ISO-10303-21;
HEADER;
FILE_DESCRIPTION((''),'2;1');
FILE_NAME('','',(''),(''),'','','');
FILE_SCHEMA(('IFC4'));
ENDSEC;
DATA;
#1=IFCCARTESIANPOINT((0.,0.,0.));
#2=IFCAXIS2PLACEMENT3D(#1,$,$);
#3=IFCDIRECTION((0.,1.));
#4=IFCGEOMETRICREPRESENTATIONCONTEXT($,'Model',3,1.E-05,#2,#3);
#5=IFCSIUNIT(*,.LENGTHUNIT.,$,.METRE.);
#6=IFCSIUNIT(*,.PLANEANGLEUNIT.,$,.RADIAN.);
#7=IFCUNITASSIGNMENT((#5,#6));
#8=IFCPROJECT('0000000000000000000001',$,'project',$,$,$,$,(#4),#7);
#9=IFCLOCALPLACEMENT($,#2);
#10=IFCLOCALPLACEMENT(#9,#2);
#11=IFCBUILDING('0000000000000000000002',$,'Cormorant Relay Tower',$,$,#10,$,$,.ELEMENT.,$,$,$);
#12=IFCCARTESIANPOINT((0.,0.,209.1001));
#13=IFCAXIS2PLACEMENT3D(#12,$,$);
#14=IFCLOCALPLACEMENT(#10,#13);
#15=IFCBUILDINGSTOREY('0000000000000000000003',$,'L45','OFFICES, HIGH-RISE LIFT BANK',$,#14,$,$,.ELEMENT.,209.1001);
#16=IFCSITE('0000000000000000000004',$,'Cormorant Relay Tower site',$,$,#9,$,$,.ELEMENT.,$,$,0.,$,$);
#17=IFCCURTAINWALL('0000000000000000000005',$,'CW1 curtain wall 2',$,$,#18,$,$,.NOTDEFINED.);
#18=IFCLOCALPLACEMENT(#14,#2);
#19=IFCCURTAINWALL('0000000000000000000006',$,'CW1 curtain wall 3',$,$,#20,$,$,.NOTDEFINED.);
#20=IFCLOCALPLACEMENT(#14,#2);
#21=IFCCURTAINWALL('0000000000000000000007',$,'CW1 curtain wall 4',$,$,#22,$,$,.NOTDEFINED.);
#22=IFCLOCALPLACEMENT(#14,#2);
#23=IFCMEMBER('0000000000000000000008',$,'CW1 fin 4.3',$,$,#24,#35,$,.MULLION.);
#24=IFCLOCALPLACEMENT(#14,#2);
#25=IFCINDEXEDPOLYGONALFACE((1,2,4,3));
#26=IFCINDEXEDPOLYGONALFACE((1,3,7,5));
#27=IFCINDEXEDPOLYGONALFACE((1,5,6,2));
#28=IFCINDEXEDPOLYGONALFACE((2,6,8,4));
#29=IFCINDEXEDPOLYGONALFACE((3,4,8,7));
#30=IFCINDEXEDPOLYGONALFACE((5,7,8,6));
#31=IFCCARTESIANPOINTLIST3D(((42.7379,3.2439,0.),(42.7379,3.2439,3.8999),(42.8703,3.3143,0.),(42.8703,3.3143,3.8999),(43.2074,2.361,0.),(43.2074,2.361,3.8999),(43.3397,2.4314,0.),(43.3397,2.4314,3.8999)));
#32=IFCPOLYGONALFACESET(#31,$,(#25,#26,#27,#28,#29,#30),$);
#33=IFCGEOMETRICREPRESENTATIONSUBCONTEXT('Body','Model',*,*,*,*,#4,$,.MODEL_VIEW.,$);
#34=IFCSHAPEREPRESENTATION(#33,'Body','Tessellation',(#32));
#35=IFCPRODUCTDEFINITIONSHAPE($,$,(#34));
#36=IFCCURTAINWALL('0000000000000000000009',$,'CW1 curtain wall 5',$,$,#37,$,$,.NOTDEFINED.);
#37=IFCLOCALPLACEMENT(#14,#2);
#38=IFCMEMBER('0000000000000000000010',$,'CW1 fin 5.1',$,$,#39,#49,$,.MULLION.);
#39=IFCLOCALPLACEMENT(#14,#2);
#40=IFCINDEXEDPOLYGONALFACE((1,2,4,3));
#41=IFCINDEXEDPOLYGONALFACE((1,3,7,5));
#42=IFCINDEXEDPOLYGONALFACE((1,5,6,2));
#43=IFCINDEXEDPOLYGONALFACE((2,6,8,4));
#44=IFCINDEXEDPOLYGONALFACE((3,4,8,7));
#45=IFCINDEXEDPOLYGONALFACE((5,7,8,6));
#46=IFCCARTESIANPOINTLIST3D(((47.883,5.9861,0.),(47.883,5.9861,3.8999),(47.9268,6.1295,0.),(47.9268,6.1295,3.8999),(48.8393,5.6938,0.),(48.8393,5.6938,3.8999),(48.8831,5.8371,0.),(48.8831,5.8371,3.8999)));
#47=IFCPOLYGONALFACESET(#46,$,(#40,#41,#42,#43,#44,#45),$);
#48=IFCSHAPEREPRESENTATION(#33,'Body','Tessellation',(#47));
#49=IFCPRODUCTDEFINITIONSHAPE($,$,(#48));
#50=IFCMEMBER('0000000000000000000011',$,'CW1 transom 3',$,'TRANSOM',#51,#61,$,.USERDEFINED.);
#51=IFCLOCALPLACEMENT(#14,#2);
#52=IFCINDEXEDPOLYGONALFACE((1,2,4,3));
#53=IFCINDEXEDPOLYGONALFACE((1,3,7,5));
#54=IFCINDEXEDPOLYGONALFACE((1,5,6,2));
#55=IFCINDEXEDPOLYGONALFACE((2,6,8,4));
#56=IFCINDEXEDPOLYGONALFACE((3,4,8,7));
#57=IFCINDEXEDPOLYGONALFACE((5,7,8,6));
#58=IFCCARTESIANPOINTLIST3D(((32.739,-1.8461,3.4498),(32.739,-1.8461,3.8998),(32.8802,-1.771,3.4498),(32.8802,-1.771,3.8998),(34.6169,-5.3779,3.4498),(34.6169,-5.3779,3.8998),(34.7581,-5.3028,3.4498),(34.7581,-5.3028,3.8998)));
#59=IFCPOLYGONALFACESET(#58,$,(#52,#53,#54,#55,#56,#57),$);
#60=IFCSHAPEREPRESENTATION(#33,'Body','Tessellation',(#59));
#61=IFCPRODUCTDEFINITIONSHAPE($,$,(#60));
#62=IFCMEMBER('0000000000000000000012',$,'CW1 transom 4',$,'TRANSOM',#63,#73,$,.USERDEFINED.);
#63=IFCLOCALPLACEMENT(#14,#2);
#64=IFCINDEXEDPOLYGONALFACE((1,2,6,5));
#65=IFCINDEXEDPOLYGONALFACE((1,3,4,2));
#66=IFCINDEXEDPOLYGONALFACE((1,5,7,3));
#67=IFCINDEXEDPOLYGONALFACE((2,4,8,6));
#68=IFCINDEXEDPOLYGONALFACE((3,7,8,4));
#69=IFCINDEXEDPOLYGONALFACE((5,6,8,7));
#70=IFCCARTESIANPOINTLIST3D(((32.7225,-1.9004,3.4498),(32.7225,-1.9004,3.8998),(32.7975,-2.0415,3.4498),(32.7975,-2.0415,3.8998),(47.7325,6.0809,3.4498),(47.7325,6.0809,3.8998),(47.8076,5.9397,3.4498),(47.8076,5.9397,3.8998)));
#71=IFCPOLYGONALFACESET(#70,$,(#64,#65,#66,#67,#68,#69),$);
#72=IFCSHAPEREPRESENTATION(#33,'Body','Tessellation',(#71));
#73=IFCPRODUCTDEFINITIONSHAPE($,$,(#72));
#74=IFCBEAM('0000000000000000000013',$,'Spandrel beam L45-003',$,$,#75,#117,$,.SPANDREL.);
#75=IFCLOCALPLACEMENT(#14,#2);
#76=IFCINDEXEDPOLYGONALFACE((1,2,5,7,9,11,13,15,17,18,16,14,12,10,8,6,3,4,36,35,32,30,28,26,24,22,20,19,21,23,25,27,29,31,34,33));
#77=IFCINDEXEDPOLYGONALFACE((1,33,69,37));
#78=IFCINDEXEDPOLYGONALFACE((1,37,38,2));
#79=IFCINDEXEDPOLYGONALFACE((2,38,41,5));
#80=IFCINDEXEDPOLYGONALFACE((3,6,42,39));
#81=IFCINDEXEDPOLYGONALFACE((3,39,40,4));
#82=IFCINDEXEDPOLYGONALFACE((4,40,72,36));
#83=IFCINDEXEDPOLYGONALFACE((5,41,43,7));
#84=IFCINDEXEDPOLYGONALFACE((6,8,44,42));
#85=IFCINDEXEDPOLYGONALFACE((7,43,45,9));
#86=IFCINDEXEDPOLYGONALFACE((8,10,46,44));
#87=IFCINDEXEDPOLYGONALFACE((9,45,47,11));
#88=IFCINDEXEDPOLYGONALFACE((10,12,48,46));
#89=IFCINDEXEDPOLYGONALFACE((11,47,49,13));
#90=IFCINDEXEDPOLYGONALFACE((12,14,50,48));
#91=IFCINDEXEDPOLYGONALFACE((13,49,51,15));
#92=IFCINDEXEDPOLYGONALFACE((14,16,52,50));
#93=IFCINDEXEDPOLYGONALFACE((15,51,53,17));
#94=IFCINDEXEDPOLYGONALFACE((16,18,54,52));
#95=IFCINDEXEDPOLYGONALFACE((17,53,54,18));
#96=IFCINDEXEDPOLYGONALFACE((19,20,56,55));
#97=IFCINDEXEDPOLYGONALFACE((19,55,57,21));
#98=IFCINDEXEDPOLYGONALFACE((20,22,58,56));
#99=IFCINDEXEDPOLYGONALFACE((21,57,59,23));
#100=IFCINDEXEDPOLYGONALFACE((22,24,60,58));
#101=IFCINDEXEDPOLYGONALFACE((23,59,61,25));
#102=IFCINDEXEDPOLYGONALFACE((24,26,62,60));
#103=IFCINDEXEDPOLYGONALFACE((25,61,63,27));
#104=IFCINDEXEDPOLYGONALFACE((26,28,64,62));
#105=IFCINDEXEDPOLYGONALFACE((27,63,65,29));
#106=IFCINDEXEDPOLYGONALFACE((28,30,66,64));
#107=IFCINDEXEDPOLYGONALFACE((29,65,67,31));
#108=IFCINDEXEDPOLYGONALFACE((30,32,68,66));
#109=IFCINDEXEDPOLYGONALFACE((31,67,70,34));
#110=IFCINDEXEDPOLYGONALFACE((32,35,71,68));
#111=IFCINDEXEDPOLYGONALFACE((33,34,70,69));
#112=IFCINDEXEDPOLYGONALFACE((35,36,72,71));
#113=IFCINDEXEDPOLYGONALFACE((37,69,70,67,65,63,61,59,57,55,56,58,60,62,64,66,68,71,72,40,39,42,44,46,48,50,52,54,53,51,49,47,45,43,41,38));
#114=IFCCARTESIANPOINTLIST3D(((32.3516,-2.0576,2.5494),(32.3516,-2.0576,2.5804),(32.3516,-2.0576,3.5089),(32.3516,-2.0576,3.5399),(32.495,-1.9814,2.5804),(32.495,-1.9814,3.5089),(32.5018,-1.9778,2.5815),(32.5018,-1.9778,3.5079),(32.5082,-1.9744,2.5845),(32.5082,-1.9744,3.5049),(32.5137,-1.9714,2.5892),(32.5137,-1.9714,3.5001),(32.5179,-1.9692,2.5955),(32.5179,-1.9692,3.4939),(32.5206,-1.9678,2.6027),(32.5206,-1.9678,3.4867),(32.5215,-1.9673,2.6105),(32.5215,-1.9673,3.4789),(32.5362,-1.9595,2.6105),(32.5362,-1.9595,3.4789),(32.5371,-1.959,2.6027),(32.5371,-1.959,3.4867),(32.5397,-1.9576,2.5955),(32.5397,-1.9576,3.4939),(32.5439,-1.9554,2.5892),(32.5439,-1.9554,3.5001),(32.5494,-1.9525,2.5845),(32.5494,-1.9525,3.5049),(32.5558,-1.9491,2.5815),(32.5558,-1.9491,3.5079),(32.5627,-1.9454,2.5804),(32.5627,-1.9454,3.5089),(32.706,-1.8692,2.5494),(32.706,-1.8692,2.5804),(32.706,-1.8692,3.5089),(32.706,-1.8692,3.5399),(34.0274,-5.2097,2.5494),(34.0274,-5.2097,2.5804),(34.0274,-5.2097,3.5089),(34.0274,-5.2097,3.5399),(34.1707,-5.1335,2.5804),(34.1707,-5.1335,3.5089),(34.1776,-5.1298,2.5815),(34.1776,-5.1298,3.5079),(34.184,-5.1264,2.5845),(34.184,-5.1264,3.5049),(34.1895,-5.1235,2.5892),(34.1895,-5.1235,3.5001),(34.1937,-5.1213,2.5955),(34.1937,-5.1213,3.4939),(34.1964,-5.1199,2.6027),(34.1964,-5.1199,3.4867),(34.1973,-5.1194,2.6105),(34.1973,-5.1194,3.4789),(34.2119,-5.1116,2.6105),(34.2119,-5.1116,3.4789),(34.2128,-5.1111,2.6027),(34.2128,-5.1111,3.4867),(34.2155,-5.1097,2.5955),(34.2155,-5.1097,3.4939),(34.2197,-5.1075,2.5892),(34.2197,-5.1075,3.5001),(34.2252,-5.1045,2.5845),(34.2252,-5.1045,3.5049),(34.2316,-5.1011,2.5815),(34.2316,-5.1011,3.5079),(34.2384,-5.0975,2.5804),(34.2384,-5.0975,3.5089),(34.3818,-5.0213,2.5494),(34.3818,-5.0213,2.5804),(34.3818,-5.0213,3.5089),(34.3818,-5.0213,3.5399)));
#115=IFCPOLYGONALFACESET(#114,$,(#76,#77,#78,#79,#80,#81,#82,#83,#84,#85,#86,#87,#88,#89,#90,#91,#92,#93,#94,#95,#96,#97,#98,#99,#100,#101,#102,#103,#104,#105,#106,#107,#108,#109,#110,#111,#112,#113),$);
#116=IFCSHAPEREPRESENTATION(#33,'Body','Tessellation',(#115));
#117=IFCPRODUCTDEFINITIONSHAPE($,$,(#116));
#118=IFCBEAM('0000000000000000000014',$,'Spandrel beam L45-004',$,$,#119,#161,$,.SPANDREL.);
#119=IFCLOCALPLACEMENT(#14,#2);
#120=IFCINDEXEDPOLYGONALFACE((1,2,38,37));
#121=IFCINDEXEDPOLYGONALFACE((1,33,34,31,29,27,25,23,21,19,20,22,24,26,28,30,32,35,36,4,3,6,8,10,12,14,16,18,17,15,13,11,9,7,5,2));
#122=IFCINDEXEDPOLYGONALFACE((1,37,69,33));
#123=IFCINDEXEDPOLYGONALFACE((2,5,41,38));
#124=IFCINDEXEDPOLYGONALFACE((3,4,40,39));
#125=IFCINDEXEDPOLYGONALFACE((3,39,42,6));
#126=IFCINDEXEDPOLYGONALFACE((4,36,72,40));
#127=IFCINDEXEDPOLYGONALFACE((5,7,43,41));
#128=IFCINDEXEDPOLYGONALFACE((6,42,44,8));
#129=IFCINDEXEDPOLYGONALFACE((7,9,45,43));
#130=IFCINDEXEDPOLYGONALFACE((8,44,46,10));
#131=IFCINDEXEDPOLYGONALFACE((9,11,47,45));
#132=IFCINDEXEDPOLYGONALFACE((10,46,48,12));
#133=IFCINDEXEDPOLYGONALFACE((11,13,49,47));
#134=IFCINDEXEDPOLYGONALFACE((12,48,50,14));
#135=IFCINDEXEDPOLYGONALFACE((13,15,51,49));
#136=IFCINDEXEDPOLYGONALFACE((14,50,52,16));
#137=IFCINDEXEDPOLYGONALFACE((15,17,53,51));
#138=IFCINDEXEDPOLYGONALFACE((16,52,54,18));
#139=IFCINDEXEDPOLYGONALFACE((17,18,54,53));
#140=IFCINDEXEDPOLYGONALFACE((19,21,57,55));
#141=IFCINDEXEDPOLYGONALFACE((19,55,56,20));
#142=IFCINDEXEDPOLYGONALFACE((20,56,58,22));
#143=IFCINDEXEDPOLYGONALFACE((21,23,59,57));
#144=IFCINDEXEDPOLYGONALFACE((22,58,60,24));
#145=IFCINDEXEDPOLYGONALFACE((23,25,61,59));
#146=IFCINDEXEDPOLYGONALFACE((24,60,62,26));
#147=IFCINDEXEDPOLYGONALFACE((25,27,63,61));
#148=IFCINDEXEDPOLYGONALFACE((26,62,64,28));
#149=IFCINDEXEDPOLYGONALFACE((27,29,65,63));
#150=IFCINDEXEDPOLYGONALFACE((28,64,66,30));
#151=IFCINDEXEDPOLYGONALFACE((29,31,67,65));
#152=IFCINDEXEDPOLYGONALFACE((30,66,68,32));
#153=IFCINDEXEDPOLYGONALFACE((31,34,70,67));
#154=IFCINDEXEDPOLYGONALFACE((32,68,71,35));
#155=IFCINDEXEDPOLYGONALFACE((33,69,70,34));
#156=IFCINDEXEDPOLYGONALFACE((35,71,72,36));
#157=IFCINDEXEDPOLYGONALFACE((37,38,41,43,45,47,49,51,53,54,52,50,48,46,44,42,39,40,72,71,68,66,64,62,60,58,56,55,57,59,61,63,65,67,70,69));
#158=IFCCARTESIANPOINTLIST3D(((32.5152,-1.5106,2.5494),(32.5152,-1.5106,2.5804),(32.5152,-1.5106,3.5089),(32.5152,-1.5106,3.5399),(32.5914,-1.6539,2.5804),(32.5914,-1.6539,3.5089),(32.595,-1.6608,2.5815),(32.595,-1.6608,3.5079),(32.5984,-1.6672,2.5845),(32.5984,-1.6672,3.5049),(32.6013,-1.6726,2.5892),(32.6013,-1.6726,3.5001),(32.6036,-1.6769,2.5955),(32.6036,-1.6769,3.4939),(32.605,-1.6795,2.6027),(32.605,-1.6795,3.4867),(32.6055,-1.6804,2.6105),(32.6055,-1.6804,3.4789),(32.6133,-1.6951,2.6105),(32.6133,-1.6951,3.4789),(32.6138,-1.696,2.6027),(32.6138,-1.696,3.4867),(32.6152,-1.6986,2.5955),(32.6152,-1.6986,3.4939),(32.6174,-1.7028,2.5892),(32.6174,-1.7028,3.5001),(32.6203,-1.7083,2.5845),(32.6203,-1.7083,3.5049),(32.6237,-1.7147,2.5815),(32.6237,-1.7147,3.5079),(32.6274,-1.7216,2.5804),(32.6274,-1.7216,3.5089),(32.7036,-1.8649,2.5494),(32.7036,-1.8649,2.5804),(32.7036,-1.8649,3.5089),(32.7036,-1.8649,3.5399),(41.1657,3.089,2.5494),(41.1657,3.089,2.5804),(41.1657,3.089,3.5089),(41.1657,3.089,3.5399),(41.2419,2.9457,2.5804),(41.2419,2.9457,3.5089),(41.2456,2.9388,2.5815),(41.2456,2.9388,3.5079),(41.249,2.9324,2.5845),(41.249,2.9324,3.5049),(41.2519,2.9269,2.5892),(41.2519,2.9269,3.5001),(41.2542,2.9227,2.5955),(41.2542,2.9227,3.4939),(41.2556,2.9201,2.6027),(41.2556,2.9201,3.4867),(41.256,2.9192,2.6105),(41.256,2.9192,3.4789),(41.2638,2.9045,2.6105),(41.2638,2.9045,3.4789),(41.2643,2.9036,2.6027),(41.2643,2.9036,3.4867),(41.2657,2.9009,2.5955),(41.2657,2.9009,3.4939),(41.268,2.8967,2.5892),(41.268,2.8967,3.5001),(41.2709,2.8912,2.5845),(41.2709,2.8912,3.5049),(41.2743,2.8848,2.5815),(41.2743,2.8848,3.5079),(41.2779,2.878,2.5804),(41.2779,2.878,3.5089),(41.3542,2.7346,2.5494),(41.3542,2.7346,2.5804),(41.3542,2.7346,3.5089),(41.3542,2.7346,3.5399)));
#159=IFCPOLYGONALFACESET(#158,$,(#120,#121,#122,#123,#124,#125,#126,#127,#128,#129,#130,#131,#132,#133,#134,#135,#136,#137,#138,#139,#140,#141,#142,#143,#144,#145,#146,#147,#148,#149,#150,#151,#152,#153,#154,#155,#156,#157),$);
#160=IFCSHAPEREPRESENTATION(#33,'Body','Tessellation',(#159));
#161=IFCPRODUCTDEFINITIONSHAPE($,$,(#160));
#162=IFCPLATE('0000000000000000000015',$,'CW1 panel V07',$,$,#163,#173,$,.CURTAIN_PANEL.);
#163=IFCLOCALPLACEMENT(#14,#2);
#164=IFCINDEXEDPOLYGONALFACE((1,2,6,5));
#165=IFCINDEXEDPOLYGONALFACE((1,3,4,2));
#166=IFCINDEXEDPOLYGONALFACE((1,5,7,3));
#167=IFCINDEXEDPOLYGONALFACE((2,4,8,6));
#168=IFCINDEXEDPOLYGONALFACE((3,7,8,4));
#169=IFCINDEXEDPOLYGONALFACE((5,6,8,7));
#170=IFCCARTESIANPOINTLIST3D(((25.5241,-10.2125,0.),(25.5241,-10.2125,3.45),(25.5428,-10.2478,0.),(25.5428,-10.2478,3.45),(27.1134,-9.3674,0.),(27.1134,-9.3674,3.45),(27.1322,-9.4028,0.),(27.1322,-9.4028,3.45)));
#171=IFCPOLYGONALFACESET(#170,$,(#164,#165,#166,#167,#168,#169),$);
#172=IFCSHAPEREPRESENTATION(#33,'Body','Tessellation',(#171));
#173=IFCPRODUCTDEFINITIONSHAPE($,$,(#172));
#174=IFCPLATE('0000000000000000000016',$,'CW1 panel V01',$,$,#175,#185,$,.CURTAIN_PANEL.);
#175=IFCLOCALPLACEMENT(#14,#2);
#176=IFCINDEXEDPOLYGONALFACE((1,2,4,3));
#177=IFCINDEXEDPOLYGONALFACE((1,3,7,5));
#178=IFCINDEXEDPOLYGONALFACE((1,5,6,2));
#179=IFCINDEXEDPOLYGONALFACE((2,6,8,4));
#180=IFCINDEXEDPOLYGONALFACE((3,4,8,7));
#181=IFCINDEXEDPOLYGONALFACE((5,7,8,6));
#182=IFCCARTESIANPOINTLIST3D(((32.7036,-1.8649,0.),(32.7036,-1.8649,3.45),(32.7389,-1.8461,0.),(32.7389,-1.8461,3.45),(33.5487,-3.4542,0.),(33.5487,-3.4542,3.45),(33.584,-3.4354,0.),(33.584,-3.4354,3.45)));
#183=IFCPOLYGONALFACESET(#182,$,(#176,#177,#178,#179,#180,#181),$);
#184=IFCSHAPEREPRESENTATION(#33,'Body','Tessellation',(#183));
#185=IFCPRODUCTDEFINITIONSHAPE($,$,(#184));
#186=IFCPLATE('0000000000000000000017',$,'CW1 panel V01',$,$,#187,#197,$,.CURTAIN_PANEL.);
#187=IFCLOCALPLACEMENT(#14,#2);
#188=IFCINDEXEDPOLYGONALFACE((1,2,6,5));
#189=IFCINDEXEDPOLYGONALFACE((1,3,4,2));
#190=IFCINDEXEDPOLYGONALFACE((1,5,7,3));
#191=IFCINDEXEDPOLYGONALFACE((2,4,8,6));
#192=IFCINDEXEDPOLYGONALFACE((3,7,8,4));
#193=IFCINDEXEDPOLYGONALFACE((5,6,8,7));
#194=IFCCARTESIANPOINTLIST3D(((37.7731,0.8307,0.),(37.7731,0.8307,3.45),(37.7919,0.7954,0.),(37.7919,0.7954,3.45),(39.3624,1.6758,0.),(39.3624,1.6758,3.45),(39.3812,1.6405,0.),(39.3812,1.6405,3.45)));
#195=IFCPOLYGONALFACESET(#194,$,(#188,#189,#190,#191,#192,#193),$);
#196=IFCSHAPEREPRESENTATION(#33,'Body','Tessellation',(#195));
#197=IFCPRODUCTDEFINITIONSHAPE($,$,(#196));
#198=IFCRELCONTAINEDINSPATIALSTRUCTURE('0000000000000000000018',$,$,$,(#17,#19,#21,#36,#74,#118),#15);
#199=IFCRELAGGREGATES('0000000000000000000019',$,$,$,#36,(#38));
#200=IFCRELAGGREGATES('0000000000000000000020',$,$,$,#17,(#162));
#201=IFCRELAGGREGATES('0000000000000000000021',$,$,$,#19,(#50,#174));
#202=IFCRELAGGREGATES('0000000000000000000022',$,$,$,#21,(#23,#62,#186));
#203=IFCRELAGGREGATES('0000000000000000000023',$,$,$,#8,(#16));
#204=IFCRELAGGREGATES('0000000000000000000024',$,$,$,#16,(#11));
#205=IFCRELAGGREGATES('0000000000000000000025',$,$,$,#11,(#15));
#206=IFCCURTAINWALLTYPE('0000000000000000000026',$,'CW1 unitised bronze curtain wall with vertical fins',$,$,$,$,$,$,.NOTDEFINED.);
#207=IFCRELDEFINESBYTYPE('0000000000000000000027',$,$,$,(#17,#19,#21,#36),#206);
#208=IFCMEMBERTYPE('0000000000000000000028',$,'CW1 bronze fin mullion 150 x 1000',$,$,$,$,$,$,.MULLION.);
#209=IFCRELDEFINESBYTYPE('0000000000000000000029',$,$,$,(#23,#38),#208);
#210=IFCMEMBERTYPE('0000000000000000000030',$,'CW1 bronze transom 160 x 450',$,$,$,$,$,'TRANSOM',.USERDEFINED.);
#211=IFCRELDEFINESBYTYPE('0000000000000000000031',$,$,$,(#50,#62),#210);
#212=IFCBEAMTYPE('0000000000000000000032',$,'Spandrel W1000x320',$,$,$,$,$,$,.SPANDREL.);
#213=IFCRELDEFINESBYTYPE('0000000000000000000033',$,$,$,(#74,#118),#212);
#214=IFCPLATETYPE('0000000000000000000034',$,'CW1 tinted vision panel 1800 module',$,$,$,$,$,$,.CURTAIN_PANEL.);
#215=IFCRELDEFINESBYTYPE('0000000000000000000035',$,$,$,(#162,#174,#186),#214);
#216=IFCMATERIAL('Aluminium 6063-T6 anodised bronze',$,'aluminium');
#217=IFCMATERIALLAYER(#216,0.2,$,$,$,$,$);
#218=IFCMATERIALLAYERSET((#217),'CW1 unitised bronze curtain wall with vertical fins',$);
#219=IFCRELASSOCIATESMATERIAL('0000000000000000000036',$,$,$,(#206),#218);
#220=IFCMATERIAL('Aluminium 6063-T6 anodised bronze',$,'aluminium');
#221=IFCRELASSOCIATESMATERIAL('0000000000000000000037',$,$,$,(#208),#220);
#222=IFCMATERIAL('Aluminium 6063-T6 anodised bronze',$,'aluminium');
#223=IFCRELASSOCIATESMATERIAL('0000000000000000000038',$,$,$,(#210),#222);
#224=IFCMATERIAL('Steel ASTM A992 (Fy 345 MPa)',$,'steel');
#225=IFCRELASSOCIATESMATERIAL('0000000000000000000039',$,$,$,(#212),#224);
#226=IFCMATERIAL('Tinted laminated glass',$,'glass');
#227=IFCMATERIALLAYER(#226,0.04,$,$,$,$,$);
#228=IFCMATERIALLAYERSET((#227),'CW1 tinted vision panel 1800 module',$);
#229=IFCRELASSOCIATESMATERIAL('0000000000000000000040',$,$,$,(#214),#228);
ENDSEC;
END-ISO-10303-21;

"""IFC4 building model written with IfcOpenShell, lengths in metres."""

from ifc_helpers import new_model, si_unit, direction, frame, origin, origin_2d, place, context, subcontext, project, spatial, rectangle, i_section, extrude, material, layer, layer_set, material_profile, profile_set, type_object, element, aggregate, save


model = new_model("IFC4")

# Units and contexts
model_context = context("Model", 3, precision=1e-05, world=origin(), true_north=direction((0.0, 1.0)))
body_context = subcontext(model_context, "Body", "Model", "MODEL_VIEW")
ifc_project = project(units=[si_unit("LENGTHUNIT", "METRE"), si_unit("PLANEANGLEUNIT", "RADIAN")], contexts=[model_context])

# Site, building, storey
site_placement = place(None, origin())
site = spatial("IfcSite", under=ifc_project, at=site_placement, Name="Cormorant Relay Tower site", CompositionType="ELEMENT", RefElevation=0.0)
building_placement = place(site_placement, origin())
building = spatial("IfcBuilding", under=site, at=building_placement, Name="Cormorant Relay Tower", CompositionType="ELEMENT")
storey_placement = place(building_placement, frame((0.0, 0.0, 209.1001)))
storey = spatial("IfcBuildingStorey", under=building, at=storey_placement, Name="L45", Description="OFFICES, HIGH-RISE LIFT BANK", CompositionType="ELEMENT", Elevation=209.1001)

# Curtain walls
ifc_material_1 = material(Name="Aluminium 6063-T6 anodised bronze", Category="aluminium")
ifc_layer_1 = layer(ifc_material_1, 0.2)
ifc_layer_set_1 = layer_set([ifc_layer_1], Name="CW1 unitised bronze curtain wall with vertical fins")
curtain_wall_type = type_object("IfcCurtainWallType", Name="CW1 unitised bronze curtain wall with vertical fins", PredefinedType="NOTDEFINED", material=ifc_layer_set_1)
curtain_wall_1_placement = place(storey_placement, origin())
curtain_wall_1 = element("IfcCurtainWall", 1, at=curtain_wall_1_placement, inside=storey, type_object=curtain_wall_type, Name="CW1 curtain wall 2", PredefinedType="NOTDEFINED")
ifc_material_2 = material(Name="Aluminium 6063-T6 anodised bronze", Category="aluminium")
ifc_material_profile_1 = material_profile(ifc_material_2, rectangle(XDim=0.1499, YDim=1.0, at=origin_2d()), Name="AL 150x1000")
ifc_profile_set_1 = profile_set([ifc_material_profile_1], Name="Aluminium 6063-T6 anodised bronze")
member_type_1 = type_object("IfcMemberType", Name="CW1 bronze fin mullion 150 x 1000", PredefinedType="MULLION", material=ifc_profile_set_1)
curtain_wall_2_placement = place(storey_placement, origin())
curtain_wall_2 = element("IfcCurtainWall", 2, at=curtain_wall_2_placement, inside=storey, type_object=curtain_wall_type, Name="CW1 curtain wall 3", PredefinedType="NOTDEFINED")

# Curtain wall, member
curtain_wall_3_placement = place(storey_placement, origin())
curtain_wall_3 = element("IfcCurtainWall", 3, at=curtain_wall_3_placement, inside=storey, type_object=curtain_wall_type, Name="CW1 curtain wall 4", PredefinedType="NOTDEFINED")
member_1_placement = place(storey_placement, frame((43.0388, 2.8376, 0.0), z_axis=(0.0, 0.0, 1.0), x_axis=(0.882948, 0.469472, 0.0)))
member_1 = element("IfcMember", 4, at=member_1_placement, type_object=member_type_1, Name="CW1 fin 4.3", PredefinedType="MULLION", context=body_context, shape_type="SweptSolid", body=[
    extrude(rectangle(XDim=0.1499, YDim=1.0, at=origin_2d()), origin(), (0.0, 0.0, 1.0), 3.8999),
])

# Curtain wall, member
curtain_wall_4_placement = place(storey_placement, origin())
curtain_wall_4 = element("IfcCurtainWall", 5, at=curtain_wall_4_placement, inside=storey, type_object=curtain_wall_type, Name="CW1 curtain wall 5", PredefinedType="NOTDEFINED")
member_2_placement = place(storey_placement, frame((48.3831, 5.9116, 0.0), z_axis=(0.0, 0.0, 1.0), x_axis=(0.292372, 0.956305, 0.0)))
member_2 = element("IfcMember", 6, at=member_2_placement, type_object=member_type_1, Name="CW1 fin 5.1", PredefinedType="MULLION", context=body_context, shape_type="SweptSolid", body=[
    extrude(rectangle(XDim=0.1499, YDim=1.0, at=origin_2d()), origin(), (0.0, 0.0, 1.0), 3.8999),
])
aggregate(curtain_wall_4, [member_2])

# Members
ifc_material_3 = material(Name="Aluminium 6063-T6 anodised bronze", Category="aluminium")
ifc_material_profile_2 = material_profile(ifc_material_3, rectangle(XDim=0.1599, YDim=0.45, at=origin_2d()), Name="AL 160x450")
ifc_profile_set_2 = profile_set([ifc_material_profile_2], Name="Aluminium 6063-T6 anodised bronze")
member_type_2 = type_object("IfcMemberType", Name="CW1 bronze transom 160 x 450", ElementType="TRANSOM", PredefinedType="USERDEFINED", material=ifc_profile_set_2)
member_3_placement = place(storey_placement, frame((34.6875, -5.3403, 3.6748), z_axis=(-0.469485, 0.88294, 0.0), x_axis=(-0.88294, -0.469485, 0.0)))
member_3 = element("IfcMember", 7, at=member_3_placement, type_object=member_type_2, Name="CW1 transom 3", ObjectType="TRANSOM", PredefinedType="USERDEFINED", context=body_context, shape_type="SweptSolid", body=[
    extrude(rectangle(XDim=0.1599, YDim=0.45, at=origin_2d()), origin(), (0.0, 0.0, 1.0), 4.0),
])
member_4_placement = place(storey_placement, frame((32.76, -1.9709, 3.6748), z_axis=(0.882942, 0.469482, 0.0), x_axis=(-0.469482, 0.882942, 0.0)))
member_4 = element("IfcMember", 8, at=member_4_placement, type_object=member_type_2, Name="CW1 transom 4", ObjectType="TRANSOM", PredefinedType="USERDEFINED", context=body_context, shape_type="SweptSolid", body=[
    extrude(rectangle(XDim=0.1599, YDim=0.45, at=origin_2d()), origin(), (0.0, 0.0, 1.0), 17.0),
])

# Beams
ifc_material_4 = material(Name="Steel ASTM A992 (Fy 345 MPa)", Category="steel")
ifc_material_profile_3 = material_profile(ifc_material_4, i_section(OverallWidth=0.4014, OverallDepth=0.9905, WebThickness=0.0166, FlangeThickness=0.031, FilletRadius=0.03, at=origin_2d()), Name="W1000x320")
ifc_profile_set_3 = profile_set([ifc_material_profile_3], Name="Steel ASTM A992 (Fy 345 MPa)")
beam_type = type_object("IfcBeamType", Name="Spandrel W1000x320", PredefinedType="SPANDREL", material=ifc_profile_set_3)
beam_1_placement = place(storey_placement, frame((34.2046, -5.1155, 3.0447), z_axis=(-0.469424, 0.882973, 0.0), x_axis=(-0.882973, -0.469424, 0.0)))
element("IfcBeam", 9, at=beam_1_placement, inside=storey, type_object=beam_type, Name="Spandrel beam L45-003", PredefinedType="SPANDREL", context=body_context, shape_type="SweptSolid", body=[
    extrude(i_section(OverallWidth=0.4014, OverallDepth=0.9905, WebThickness=0.0166, FlangeThickness=0.031, FilletRadius=0.03, at=origin_2d()), origin(), (0.0, 0.0, 1.0), 3.5698),
])
beam_2_placement = place(storey_placement, frame((32.6094, -1.6877, 3.0447), z_axis=(0.882948, 0.46947, 0.0), x_axis=(-0.46947, 0.882948, 0.0)))
element("IfcBeam", 10, at=beam_2_placement, inside=storey, type_object=beam_type, Name="Spandrel beam L45-004", PredefinedType="SPANDREL", context=body_context, shape_type="SweptSolid", body=[
    extrude(i_section(OverallWidth=0.4014, OverallDepth=0.9905, WebThickness=0.0166, FlangeThickness=0.031, FilletRadius=0.03, at=origin_2d()), origin(), (0.0, 0.0, 1.0), 9.7974),
])

# Plates
ifc_material_5 = material(Name="Tinted laminated glass", Category="glass")
ifc_layer_2 = layer(ifc_material_5, 0.04)
ifc_layer_set_2 = layer_set([ifc_layer_2], Name="CW1 tinted vision panel 1800 module")
plate_type = type_object("IfcPlateType", Name="CW1 tinted vision panel 1800 module", PredefinedType="CURTAIN_PANEL", material=ifc_layer_set_2)
plate_1_placement = place(storey_placement, frame((26.3281, -9.8076, 0.0), z_axis=(0.0, 0.0, 1.0), x_axis=(0.882948, 0.469472, 0.0)))
plate_1 = element("IfcPlate", 11, at=plate_1_placement, type_object=plate_type, Name="CW1 panel V07", PredefinedType="CURTAIN_PANEL", context=body_context, shape_type="SweptSolid", body=[
    extrude(rectangle(XDim=1.8, YDim=0.04, at=origin_2d()), origin(), (0.0, 0.0, 1.0), 3.45),
])
plate_2_placement = place(storey_placement, frame((33.1438, -2.6501, 0.0), z_axis=(0.0, 0.0, 1.0), x_axis=(-0.469472, 0.882948, 0.0)))
plate_2 = element("IfcPlate", 12, at=plate_2_placement, type_object=plate_type, Name="CW1 panel V01", PredefinedType="CURTAIN_PANEL", context=body_context, shape_type="SweptSolid", body=[
    extrude(rectangle(XDim=1.8, YDim=0.04, at=origin_2d()), origin(), (0.0, 0.0, 1.0), 3.45),
])
plate_3_placement = place(storey_placement, frame((38.5771, 1.2356, 0.0), z_axis=(0.0, 0.0, 1.0), x_axis=(0.882948, 0.469472, 0.0)))
plate_3 = element("IfcPlate", 13, at=plate_3_placement, type_object=plate_type, Name="CW1 panel V01", PredefinedType="CURTAIN_PANEL", context=body_context, shape_type="SweptSolid", body=[
    extrude(rectangle(XDim=1.8, YDim=0.04, at=origin_2d()), origin(), (0.0, 0.0, 1.0), 3.45),
])

aggregate(curtain_wall_1, [plate_1])
aggregate(curtain_wall_2, [member_3, plate_2])
aggregate(curtain_wall_3, [member_1, member_4, plate_3])

save(model, "model.ifc")
